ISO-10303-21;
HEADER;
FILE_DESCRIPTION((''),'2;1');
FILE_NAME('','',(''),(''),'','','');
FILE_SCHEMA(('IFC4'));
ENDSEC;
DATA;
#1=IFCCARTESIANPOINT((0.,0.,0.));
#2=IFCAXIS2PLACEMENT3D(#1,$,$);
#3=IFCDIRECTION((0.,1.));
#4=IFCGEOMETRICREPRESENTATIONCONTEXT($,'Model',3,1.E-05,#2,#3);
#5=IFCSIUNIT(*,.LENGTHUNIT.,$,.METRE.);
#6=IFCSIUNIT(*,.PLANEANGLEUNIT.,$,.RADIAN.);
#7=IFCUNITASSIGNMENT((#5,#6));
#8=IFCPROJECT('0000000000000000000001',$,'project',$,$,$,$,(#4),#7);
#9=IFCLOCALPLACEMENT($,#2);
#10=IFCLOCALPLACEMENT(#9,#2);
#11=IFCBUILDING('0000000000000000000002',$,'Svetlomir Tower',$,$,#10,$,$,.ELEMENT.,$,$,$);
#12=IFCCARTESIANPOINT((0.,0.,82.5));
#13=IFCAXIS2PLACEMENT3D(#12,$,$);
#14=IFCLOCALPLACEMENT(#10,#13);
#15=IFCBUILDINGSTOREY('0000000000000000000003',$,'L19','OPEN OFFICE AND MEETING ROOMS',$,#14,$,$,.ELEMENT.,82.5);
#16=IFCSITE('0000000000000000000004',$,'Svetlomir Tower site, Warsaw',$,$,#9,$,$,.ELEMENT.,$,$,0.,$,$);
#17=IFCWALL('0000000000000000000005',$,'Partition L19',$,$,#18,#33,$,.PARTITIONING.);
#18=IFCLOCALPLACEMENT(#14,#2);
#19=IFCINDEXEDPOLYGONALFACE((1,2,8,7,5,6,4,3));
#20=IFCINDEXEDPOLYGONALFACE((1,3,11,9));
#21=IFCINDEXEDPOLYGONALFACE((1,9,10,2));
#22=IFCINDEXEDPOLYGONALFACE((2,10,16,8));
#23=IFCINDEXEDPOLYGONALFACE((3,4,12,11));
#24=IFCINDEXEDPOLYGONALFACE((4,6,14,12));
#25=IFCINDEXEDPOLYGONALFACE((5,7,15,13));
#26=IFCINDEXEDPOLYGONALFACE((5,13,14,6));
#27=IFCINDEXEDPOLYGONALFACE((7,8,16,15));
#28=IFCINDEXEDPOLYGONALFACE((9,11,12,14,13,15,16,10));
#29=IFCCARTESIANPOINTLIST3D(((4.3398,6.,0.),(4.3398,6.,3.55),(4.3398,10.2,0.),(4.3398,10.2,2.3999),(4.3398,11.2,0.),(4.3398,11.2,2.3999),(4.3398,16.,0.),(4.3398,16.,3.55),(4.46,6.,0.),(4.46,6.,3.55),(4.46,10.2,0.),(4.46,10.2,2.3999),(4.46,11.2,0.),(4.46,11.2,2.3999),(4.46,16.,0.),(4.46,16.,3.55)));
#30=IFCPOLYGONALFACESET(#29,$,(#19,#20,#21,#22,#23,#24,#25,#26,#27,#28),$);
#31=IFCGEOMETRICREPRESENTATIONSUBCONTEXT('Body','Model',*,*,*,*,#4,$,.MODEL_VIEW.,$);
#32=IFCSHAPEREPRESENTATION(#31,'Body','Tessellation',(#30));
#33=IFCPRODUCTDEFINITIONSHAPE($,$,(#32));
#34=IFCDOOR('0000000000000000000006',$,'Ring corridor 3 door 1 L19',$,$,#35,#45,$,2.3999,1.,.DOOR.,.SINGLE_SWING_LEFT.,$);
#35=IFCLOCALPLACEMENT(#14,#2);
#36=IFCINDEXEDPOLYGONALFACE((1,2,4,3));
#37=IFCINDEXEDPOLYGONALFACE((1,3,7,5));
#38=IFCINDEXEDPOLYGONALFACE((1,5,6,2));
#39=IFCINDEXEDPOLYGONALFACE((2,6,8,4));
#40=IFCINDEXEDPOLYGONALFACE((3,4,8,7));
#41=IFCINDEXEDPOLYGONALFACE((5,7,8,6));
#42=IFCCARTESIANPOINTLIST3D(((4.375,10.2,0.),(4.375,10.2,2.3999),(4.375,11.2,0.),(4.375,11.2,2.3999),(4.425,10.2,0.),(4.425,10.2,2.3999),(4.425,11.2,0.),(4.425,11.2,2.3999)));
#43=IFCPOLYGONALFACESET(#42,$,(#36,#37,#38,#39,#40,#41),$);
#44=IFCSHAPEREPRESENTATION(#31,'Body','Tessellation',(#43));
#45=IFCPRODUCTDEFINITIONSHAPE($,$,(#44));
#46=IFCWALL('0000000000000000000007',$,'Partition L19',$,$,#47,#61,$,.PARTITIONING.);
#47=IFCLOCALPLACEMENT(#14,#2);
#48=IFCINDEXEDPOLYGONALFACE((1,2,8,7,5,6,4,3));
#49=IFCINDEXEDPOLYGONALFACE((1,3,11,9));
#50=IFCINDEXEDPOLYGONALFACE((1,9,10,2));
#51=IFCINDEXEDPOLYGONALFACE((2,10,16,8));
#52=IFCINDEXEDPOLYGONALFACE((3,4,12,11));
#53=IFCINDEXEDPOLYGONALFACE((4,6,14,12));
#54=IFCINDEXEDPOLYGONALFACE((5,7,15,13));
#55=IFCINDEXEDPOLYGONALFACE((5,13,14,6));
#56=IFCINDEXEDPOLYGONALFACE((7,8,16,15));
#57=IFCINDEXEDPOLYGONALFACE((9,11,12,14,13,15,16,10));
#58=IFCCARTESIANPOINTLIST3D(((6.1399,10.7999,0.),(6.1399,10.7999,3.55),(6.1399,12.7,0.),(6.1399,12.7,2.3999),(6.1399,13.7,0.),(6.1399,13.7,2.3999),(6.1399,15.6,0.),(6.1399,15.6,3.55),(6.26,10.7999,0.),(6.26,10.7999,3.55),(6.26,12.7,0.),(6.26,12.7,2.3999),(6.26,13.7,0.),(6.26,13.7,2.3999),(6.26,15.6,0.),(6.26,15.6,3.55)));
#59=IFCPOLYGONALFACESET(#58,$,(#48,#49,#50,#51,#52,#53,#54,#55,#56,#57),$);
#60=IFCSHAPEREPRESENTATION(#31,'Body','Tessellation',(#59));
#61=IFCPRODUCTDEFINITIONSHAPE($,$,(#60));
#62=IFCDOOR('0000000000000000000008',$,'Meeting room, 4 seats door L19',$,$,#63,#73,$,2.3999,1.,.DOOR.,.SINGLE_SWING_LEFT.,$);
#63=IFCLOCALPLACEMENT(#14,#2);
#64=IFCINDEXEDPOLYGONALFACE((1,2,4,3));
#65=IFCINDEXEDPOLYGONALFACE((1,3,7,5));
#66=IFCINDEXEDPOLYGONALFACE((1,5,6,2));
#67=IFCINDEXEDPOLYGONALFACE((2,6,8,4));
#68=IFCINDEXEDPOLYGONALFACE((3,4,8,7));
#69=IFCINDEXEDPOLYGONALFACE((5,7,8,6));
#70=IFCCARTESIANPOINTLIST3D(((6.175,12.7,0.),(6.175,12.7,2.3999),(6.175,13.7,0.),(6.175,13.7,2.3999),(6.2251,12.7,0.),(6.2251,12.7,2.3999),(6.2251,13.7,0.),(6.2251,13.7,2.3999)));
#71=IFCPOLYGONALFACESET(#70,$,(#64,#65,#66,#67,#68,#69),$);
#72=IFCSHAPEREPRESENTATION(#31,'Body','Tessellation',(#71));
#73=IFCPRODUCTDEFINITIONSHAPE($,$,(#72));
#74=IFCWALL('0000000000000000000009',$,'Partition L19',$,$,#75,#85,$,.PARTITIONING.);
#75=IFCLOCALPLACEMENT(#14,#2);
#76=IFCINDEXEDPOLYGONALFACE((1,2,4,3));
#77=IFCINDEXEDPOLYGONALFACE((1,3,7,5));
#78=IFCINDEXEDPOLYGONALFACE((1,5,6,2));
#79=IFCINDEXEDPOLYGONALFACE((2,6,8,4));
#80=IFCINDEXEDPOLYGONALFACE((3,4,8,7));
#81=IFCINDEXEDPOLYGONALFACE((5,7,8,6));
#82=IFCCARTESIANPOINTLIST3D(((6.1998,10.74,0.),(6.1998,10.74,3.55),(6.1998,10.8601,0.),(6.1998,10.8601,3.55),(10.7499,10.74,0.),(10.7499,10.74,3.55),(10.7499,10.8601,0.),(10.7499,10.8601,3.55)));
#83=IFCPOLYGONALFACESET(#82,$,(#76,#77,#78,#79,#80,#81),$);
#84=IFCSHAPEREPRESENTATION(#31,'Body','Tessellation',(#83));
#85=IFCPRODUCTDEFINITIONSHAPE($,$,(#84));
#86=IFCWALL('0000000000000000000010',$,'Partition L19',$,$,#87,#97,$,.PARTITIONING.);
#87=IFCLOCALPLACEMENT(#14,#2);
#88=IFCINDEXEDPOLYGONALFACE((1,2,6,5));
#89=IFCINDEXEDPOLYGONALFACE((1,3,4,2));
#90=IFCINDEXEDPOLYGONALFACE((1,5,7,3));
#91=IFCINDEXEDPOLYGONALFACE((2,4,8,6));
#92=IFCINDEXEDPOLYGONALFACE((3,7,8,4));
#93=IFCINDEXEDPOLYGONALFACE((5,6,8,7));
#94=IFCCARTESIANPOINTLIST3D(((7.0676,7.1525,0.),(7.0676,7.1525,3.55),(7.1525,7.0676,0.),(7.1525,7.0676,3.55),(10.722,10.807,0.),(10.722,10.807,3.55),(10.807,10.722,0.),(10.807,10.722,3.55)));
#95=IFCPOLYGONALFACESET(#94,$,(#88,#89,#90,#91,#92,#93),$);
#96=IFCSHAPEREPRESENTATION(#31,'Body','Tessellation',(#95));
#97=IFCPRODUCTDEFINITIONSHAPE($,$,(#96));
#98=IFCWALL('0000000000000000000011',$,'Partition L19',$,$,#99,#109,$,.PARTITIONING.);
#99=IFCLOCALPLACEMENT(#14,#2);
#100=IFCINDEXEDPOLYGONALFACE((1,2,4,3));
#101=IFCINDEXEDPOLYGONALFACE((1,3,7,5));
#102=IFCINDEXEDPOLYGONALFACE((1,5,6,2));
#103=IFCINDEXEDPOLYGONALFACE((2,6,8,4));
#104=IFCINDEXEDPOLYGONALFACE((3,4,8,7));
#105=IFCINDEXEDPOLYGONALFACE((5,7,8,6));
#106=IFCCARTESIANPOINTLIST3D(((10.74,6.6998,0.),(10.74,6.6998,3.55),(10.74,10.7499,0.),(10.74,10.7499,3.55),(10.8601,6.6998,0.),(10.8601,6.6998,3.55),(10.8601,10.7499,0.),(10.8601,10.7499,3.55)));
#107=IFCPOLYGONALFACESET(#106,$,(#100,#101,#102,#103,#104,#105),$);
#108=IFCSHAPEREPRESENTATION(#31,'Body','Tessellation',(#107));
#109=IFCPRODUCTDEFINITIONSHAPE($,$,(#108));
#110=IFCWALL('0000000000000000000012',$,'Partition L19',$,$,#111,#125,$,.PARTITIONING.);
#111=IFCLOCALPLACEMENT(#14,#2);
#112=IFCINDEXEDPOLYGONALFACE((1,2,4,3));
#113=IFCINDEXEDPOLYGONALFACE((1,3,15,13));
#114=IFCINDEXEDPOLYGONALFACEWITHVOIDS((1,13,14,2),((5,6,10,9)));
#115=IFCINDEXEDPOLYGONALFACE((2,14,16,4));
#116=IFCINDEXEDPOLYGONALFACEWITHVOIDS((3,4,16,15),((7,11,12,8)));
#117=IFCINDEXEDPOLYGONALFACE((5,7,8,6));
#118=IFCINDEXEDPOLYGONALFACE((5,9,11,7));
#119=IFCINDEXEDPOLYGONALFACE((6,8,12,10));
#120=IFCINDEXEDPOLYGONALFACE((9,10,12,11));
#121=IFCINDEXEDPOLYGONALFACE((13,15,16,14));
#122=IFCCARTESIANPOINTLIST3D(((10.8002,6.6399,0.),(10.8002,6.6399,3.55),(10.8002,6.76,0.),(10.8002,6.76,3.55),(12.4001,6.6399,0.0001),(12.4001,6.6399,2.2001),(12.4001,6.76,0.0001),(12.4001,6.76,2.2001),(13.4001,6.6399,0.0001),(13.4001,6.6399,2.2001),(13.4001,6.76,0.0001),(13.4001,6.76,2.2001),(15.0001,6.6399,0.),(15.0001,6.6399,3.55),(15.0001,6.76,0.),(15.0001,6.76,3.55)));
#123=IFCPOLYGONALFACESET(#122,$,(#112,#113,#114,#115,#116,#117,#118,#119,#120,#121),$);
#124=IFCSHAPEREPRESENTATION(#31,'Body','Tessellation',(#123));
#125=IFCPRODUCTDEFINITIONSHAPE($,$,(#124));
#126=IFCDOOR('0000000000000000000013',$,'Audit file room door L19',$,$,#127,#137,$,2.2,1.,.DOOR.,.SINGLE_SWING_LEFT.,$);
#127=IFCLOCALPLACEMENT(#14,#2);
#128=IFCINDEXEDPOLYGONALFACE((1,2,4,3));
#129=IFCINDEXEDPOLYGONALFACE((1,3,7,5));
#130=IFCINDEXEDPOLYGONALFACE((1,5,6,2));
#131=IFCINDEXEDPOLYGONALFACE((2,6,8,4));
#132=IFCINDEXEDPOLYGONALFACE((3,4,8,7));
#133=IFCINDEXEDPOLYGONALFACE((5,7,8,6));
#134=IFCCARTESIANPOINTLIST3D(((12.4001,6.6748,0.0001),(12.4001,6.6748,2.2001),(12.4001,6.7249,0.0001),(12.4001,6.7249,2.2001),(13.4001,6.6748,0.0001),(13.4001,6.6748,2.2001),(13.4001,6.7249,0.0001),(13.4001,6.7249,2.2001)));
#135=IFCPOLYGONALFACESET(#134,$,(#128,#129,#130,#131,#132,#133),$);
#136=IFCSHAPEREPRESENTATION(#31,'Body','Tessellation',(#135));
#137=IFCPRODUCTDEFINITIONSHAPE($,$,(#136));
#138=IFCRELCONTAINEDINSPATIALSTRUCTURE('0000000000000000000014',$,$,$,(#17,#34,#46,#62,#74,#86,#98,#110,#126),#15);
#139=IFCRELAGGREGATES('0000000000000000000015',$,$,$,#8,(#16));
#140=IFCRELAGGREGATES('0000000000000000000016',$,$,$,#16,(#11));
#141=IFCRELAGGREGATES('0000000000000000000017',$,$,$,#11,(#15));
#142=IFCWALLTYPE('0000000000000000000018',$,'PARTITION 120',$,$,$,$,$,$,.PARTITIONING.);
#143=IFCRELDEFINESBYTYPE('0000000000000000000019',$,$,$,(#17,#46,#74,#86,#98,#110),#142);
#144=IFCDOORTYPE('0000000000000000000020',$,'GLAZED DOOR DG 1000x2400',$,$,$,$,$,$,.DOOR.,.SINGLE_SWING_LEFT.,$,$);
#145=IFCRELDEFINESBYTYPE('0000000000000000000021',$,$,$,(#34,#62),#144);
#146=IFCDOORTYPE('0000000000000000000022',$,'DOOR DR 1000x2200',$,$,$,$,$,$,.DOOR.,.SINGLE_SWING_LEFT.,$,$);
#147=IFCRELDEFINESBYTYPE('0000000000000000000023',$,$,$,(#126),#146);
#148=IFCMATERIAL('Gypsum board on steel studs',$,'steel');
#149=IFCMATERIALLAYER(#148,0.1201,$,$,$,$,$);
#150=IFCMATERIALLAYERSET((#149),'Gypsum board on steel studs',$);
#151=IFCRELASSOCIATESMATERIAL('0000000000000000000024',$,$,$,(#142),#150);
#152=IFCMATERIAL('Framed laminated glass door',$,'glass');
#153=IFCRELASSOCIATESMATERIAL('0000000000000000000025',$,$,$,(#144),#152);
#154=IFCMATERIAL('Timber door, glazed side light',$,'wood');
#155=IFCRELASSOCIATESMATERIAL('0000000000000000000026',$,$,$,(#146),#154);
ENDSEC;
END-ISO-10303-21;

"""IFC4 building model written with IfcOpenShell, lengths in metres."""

from ifc_helpers import new_model, si_unit, direction, frame, frame_2d, origin, place, context, subcontext, project, spatial, rectangle, extrude, material, layer, layer_set, type_object, element, fill, save


model = new_model("IFC4")

# Units and contexts
model_context = context("Model", 3, precision=1e-05, world=origin(), true_north=direction((0.0, 1.0)))
body_context = subcontext(model_context, "Body", "Model", "MODEL_VIEW")
ifc_project = project(units=[si_unit("LENGTHUNIT", "METRE"), si_unit("PLANEANGLEUNIT", "RADIAN")], contexts=[model_context])

# Site, building, storey
site_placement = place(None, origin())
site = spatial("IfcSite", under=ifc_project, at=site_placement, Name="Svetlomir Tower site, Warsaw", CompositionType="ELEMENT", RefElevation=0.0)
building_placement = place(site_placement, origin())
building = spatial("IfcBuilding", under=site, at=building_placement, Name="Svetlomir Tower", CompositionType="ELEMENT")
storey_placement = place(building_placement, frame((0.0, 0.0, 82.5)))
storey = spatial("IfcBuildingStorey", under=building, at=storey_placement, Name="L19", Description="OPEN OFFICE AND MEETING ROOMS", CompositionType="ELEMENT", Elevation=82.5)

# Walls, openings, doors
ifc_material_1 = material(Name="Gypsum board on steel studs", Category="steel")
ifc_layer_1 = layer(ifc_material_1, 0.1201)
ifc_layer_set_1 = layer_set([ifc_layer_1], Name="Gypsum board on steel studs")
wall_type_1 = type_object("IfcWallType", Name="PARTITION 120", PredefinedType="PARTITIONING", material=ifc_layer_set_1)
wall_1_placement = place(storey_placement, frame((4.3999, 6.0, 0.0), z_axis=(0.0, 0.0, 1.0), x_axis=(0.0, 1.0, 0.0)))
wall_1 = element("IfcWall", 1, at=wall_1_placement, inside=storey, type_object=wall_type_1, Name="Partition L19", PredefinedType="PARTITIONING", context=body_context, shape_type="SweptSolid", body=[
    extrude(rectangle(XDim=10.0, YDim=0.1201, at=frame_2d((5.0, 0.0))), origin(), (0.0, 0.0, 1.0), 3.55),
])
opening_1_placement = place(wall_1_placement, frame((4.2, 0.0, 0.0)))
opening_1 = element("IfcOpeningElement", 2, at=opening_1_placement, cuts=wall_1, PredefinedType="OPENING", context=body_context, shape_type="SweptSolid", body=[
    extrude(rectangle(XDim=1.0, YDim=2.3999, at=frame_2d((0.5, 1.2))), frame((0.0, 0.0701, 0.0), z_axis=(0.0, -1.0, 0.0), x_axis=(1.0, 0.0, 0.0)), (0.0, 0.0, 1.0), 0.1401),
])
ifc_material_2 = material(Name="Framed laminated glass door", Category="glass")
door_type_1 = type_object("IfcDoorType", Name="GLAZED DOOR DG 1000x2400", OperationType="SINGLE_SWING_LEFT", PredefinedType="DOOR", material=ifc_material_2)
door_1_placement = place(opening_1_placement, origin())
door_1 = element("IfcDoor", 3, at=door_1_placement, inside=storey, type_object=door_type_1, Name="Ring corridor 3 door 1 L19", OperationType="SINGLE_SWING_LEFT", OverallHeight=2.3999, OverallWidth=1.0, PredefinedType="DOOR", context=body_context, shape_type="SweptSolid", body=[
    extrude(rectangle(XDim=1.0, YDim=2.3999, at=frame_2d((0.5, 1.2))), frame((0.0, 0.0249, 0.0), z_axis=(0.0, -1.0, 0.0), x_axis=(1.0, 0.0, 0.0)), (0.0, 0.0, 1.0), 0.05),
])
fill(opening_1, door_1)
wall_2_placement = place(storey_placement, frame((6.2, 10.8, 0.0), z_axis=(0.0, 0.0, 1.0), x_axis=(0.0, 1.0, 0.0)))
wall_2 = element("IfcWall", 4, at=wall_2_placement, inside=storey, type_object=wall_type_1, Name="Partition L19", PredefinedType="PARTITIONING", context=body_context, shape_type="SweptSolid", body=[
    extrude(rectangle(XDim=4.8, YDim=0.1201, at=frame_2d((2.3999, 0.0))), origin(), (0.0, 0.0, 1.0), 3.55),
])
opening_2_placement = place(wall_2_placement, frame((1.8999, 0.0, 0.0)))
opening_2 = element("IfcOpeningElement", 5, at=opening_2_placement, cuts=wall_2, PredefinedType="OPENING", context=body_context, shape_type="SweptSolid", body=[
    extrude(rectangle(XDim=1.0, YDim=2.3999, at=frame_2d((0.5, 1.2))), frame((0.0, 0.0701, 0.0), z_axis=(0.0, -1.0, 0.0), x_axis=(1.0, 0.0, 0.0)), (0.0, 0.0, 1.0), 0.1401),
])
door_2_placement = place(opening_2_placement, origin())
door_2 = element("IfcDoor", 6, at=door_2_placement, inside=storey, type_object=door_type_1, Name="Meeting room, 4 seats door L19", OperationType="SINGLE_SWING_LEFT", OverallHeight=2.3999, OverallWidth=1.0, PredefinedType="DOOR", context=body_context, shape_type="SweptSolid", body=[
    extrude(rectangle(XDim=1.0, YDim=2.3999, at=frame_2d((0.5, 1.2))), frame((0.0, 0.0249, 0.0), z_axis=(0.0, -1.0, 0.0), x_axis=(1.0, 0.0, 0.0)), (0.0, 0.0, 1.0), 0.05),
])
fill(opening_2, door_2)

# Walls
wall_3_placement = place(storey_placement, frame((6.2, 10.8, 0.0), z_axis=(0.0, 0.0, 1.0), x_axis=(1.0, 0.0, 0.0)))
element("IfcWall", 7, at=wall_3_placement, inside=storey, type_object=wall_type_1, Name="Partition L19", PredefinedType="PARTITIONING", context=body_context, shape_type="SweptSolid", body=[
    extrude(rectangle(XDim=4.55, YDim=0.1201, at=frame_2d((2.2749, 0.0))), origin(), (0.0, 0.0, 1.0), 3.55),
])
wall_4_placement = place(storey_placement, frame((7.1101, 7.1101, 0.0), z_axis=(0.0, 0.0, 1.0), x_axis=(0.707107, 0.707107, 0.0)))
element("IfcWall", 8, at=wall_4_placement, inside=storey, type_object=wall_type_1, Name="Partition L19", PredefinedType="PARTITIONING", context=body_context, shape_type="SweptSolid", body=[
    extrude(rectangle(XDim=5.1682, YDim=0.1201, at=frame_2d((2.584, 0.0))), origin(), (0.0, 0.0, 1.0), 3.55),
])
wall_5_placement = place(storey_placement, frame((10.8, 6.7, 0.0), z_axis=(0.0, 0.0, 1.0), x_axis=(0.0, 1.0, 0.0)))
element("IfcWall", 9, at=wall_5_placement, inside=storey, type_object=wall_type_1, Name="Partition L19", PredefinedType="PARTITIONING", context=body_context, shape_type="SweptSolid", body=[
    extrude(rectangle(XDim=4.05, YDim=0.1201, at=frame_2d((2.0249, 0.0))), origin(), (0.0, 0.0, 1.0), 3.55),
])

# Wall, opening, door
wall_6_placement = place(storey_placement, frame((10.8, 6.7, 0.0), z_axis=(0.0, 0.0, 1.0), x_axis=(1.0, 0.0, 0.0)))
wall_6 = element("IfcWall", 10, at=wall_6_placement, inside=storey, type_object=wall_type_1, Name="Partition L19", PredefinedType="PARTITIONING", context=body_context, shape_type="SweptSolid", body=[
    extrude(rectangle(XDim=4.2, YDim=0.1201, at=frame_2d((2.1001, 0.0))), origin(), (0.0, 0.0, 1.0), 3.55),
])
opening_3_placement = place(wall_6_placement, frame((1.6001, 0.0, 0.0)))
opening_3 = element("IfcOpeningElement", 11, at=opening_3_placement, cuts=wall_6, PredefinedType="OPENING", context=body_context, shape_type="SweptSolid", body=[
    extrude(rectangle(XDim=1.0, YDim=2.2, at=frame_2d((0.5, 1.1001))), frame((0.0, 0.0701, 0.0), z_axis=(0.0, -1.0, 0.0), x_axis=(1.0, 0.0, 0.0)), (0.0, 0.0, 1.0), 0.1401),
])
ifc_material_3 = material(Name="Timber door, glazed side light", Category="wood")
door_type_2 = type_object("IfcDoorType", Name="DOOR DR 1000x2200", OperationType="SINGLE_SWING_LEFT", PredefinedType="DOOR", material=ifc_material_3)
door_3_placement = place(opening_3_placement, origin())
door_3 = element("IfcDoor", 12, at=door_3_placement, inside=storey, type_object=door_type_2, Name="Audit file room door L19", OperationType="SINGLE_SWING_LEFT", OverallHeight=2.2, OverallWidth=1.0, PredefinedType="DOOR", context=body_context, shape_type="SweptSolid", body=[
    extrude(rectangle(XDim=1.0, YDim=2.2, at=frame_2d((0.5, 1.1001))), frame((0.0, 0.0249, 0.0), z_axis=(0.0, -1.0, 0.0), x_axis=(1.0, 0.0, 0.0)), (0.0, 0.0, 1.0), 0.05),
])
fill(opening_3, door_3)

save(model, "model.ifc")
